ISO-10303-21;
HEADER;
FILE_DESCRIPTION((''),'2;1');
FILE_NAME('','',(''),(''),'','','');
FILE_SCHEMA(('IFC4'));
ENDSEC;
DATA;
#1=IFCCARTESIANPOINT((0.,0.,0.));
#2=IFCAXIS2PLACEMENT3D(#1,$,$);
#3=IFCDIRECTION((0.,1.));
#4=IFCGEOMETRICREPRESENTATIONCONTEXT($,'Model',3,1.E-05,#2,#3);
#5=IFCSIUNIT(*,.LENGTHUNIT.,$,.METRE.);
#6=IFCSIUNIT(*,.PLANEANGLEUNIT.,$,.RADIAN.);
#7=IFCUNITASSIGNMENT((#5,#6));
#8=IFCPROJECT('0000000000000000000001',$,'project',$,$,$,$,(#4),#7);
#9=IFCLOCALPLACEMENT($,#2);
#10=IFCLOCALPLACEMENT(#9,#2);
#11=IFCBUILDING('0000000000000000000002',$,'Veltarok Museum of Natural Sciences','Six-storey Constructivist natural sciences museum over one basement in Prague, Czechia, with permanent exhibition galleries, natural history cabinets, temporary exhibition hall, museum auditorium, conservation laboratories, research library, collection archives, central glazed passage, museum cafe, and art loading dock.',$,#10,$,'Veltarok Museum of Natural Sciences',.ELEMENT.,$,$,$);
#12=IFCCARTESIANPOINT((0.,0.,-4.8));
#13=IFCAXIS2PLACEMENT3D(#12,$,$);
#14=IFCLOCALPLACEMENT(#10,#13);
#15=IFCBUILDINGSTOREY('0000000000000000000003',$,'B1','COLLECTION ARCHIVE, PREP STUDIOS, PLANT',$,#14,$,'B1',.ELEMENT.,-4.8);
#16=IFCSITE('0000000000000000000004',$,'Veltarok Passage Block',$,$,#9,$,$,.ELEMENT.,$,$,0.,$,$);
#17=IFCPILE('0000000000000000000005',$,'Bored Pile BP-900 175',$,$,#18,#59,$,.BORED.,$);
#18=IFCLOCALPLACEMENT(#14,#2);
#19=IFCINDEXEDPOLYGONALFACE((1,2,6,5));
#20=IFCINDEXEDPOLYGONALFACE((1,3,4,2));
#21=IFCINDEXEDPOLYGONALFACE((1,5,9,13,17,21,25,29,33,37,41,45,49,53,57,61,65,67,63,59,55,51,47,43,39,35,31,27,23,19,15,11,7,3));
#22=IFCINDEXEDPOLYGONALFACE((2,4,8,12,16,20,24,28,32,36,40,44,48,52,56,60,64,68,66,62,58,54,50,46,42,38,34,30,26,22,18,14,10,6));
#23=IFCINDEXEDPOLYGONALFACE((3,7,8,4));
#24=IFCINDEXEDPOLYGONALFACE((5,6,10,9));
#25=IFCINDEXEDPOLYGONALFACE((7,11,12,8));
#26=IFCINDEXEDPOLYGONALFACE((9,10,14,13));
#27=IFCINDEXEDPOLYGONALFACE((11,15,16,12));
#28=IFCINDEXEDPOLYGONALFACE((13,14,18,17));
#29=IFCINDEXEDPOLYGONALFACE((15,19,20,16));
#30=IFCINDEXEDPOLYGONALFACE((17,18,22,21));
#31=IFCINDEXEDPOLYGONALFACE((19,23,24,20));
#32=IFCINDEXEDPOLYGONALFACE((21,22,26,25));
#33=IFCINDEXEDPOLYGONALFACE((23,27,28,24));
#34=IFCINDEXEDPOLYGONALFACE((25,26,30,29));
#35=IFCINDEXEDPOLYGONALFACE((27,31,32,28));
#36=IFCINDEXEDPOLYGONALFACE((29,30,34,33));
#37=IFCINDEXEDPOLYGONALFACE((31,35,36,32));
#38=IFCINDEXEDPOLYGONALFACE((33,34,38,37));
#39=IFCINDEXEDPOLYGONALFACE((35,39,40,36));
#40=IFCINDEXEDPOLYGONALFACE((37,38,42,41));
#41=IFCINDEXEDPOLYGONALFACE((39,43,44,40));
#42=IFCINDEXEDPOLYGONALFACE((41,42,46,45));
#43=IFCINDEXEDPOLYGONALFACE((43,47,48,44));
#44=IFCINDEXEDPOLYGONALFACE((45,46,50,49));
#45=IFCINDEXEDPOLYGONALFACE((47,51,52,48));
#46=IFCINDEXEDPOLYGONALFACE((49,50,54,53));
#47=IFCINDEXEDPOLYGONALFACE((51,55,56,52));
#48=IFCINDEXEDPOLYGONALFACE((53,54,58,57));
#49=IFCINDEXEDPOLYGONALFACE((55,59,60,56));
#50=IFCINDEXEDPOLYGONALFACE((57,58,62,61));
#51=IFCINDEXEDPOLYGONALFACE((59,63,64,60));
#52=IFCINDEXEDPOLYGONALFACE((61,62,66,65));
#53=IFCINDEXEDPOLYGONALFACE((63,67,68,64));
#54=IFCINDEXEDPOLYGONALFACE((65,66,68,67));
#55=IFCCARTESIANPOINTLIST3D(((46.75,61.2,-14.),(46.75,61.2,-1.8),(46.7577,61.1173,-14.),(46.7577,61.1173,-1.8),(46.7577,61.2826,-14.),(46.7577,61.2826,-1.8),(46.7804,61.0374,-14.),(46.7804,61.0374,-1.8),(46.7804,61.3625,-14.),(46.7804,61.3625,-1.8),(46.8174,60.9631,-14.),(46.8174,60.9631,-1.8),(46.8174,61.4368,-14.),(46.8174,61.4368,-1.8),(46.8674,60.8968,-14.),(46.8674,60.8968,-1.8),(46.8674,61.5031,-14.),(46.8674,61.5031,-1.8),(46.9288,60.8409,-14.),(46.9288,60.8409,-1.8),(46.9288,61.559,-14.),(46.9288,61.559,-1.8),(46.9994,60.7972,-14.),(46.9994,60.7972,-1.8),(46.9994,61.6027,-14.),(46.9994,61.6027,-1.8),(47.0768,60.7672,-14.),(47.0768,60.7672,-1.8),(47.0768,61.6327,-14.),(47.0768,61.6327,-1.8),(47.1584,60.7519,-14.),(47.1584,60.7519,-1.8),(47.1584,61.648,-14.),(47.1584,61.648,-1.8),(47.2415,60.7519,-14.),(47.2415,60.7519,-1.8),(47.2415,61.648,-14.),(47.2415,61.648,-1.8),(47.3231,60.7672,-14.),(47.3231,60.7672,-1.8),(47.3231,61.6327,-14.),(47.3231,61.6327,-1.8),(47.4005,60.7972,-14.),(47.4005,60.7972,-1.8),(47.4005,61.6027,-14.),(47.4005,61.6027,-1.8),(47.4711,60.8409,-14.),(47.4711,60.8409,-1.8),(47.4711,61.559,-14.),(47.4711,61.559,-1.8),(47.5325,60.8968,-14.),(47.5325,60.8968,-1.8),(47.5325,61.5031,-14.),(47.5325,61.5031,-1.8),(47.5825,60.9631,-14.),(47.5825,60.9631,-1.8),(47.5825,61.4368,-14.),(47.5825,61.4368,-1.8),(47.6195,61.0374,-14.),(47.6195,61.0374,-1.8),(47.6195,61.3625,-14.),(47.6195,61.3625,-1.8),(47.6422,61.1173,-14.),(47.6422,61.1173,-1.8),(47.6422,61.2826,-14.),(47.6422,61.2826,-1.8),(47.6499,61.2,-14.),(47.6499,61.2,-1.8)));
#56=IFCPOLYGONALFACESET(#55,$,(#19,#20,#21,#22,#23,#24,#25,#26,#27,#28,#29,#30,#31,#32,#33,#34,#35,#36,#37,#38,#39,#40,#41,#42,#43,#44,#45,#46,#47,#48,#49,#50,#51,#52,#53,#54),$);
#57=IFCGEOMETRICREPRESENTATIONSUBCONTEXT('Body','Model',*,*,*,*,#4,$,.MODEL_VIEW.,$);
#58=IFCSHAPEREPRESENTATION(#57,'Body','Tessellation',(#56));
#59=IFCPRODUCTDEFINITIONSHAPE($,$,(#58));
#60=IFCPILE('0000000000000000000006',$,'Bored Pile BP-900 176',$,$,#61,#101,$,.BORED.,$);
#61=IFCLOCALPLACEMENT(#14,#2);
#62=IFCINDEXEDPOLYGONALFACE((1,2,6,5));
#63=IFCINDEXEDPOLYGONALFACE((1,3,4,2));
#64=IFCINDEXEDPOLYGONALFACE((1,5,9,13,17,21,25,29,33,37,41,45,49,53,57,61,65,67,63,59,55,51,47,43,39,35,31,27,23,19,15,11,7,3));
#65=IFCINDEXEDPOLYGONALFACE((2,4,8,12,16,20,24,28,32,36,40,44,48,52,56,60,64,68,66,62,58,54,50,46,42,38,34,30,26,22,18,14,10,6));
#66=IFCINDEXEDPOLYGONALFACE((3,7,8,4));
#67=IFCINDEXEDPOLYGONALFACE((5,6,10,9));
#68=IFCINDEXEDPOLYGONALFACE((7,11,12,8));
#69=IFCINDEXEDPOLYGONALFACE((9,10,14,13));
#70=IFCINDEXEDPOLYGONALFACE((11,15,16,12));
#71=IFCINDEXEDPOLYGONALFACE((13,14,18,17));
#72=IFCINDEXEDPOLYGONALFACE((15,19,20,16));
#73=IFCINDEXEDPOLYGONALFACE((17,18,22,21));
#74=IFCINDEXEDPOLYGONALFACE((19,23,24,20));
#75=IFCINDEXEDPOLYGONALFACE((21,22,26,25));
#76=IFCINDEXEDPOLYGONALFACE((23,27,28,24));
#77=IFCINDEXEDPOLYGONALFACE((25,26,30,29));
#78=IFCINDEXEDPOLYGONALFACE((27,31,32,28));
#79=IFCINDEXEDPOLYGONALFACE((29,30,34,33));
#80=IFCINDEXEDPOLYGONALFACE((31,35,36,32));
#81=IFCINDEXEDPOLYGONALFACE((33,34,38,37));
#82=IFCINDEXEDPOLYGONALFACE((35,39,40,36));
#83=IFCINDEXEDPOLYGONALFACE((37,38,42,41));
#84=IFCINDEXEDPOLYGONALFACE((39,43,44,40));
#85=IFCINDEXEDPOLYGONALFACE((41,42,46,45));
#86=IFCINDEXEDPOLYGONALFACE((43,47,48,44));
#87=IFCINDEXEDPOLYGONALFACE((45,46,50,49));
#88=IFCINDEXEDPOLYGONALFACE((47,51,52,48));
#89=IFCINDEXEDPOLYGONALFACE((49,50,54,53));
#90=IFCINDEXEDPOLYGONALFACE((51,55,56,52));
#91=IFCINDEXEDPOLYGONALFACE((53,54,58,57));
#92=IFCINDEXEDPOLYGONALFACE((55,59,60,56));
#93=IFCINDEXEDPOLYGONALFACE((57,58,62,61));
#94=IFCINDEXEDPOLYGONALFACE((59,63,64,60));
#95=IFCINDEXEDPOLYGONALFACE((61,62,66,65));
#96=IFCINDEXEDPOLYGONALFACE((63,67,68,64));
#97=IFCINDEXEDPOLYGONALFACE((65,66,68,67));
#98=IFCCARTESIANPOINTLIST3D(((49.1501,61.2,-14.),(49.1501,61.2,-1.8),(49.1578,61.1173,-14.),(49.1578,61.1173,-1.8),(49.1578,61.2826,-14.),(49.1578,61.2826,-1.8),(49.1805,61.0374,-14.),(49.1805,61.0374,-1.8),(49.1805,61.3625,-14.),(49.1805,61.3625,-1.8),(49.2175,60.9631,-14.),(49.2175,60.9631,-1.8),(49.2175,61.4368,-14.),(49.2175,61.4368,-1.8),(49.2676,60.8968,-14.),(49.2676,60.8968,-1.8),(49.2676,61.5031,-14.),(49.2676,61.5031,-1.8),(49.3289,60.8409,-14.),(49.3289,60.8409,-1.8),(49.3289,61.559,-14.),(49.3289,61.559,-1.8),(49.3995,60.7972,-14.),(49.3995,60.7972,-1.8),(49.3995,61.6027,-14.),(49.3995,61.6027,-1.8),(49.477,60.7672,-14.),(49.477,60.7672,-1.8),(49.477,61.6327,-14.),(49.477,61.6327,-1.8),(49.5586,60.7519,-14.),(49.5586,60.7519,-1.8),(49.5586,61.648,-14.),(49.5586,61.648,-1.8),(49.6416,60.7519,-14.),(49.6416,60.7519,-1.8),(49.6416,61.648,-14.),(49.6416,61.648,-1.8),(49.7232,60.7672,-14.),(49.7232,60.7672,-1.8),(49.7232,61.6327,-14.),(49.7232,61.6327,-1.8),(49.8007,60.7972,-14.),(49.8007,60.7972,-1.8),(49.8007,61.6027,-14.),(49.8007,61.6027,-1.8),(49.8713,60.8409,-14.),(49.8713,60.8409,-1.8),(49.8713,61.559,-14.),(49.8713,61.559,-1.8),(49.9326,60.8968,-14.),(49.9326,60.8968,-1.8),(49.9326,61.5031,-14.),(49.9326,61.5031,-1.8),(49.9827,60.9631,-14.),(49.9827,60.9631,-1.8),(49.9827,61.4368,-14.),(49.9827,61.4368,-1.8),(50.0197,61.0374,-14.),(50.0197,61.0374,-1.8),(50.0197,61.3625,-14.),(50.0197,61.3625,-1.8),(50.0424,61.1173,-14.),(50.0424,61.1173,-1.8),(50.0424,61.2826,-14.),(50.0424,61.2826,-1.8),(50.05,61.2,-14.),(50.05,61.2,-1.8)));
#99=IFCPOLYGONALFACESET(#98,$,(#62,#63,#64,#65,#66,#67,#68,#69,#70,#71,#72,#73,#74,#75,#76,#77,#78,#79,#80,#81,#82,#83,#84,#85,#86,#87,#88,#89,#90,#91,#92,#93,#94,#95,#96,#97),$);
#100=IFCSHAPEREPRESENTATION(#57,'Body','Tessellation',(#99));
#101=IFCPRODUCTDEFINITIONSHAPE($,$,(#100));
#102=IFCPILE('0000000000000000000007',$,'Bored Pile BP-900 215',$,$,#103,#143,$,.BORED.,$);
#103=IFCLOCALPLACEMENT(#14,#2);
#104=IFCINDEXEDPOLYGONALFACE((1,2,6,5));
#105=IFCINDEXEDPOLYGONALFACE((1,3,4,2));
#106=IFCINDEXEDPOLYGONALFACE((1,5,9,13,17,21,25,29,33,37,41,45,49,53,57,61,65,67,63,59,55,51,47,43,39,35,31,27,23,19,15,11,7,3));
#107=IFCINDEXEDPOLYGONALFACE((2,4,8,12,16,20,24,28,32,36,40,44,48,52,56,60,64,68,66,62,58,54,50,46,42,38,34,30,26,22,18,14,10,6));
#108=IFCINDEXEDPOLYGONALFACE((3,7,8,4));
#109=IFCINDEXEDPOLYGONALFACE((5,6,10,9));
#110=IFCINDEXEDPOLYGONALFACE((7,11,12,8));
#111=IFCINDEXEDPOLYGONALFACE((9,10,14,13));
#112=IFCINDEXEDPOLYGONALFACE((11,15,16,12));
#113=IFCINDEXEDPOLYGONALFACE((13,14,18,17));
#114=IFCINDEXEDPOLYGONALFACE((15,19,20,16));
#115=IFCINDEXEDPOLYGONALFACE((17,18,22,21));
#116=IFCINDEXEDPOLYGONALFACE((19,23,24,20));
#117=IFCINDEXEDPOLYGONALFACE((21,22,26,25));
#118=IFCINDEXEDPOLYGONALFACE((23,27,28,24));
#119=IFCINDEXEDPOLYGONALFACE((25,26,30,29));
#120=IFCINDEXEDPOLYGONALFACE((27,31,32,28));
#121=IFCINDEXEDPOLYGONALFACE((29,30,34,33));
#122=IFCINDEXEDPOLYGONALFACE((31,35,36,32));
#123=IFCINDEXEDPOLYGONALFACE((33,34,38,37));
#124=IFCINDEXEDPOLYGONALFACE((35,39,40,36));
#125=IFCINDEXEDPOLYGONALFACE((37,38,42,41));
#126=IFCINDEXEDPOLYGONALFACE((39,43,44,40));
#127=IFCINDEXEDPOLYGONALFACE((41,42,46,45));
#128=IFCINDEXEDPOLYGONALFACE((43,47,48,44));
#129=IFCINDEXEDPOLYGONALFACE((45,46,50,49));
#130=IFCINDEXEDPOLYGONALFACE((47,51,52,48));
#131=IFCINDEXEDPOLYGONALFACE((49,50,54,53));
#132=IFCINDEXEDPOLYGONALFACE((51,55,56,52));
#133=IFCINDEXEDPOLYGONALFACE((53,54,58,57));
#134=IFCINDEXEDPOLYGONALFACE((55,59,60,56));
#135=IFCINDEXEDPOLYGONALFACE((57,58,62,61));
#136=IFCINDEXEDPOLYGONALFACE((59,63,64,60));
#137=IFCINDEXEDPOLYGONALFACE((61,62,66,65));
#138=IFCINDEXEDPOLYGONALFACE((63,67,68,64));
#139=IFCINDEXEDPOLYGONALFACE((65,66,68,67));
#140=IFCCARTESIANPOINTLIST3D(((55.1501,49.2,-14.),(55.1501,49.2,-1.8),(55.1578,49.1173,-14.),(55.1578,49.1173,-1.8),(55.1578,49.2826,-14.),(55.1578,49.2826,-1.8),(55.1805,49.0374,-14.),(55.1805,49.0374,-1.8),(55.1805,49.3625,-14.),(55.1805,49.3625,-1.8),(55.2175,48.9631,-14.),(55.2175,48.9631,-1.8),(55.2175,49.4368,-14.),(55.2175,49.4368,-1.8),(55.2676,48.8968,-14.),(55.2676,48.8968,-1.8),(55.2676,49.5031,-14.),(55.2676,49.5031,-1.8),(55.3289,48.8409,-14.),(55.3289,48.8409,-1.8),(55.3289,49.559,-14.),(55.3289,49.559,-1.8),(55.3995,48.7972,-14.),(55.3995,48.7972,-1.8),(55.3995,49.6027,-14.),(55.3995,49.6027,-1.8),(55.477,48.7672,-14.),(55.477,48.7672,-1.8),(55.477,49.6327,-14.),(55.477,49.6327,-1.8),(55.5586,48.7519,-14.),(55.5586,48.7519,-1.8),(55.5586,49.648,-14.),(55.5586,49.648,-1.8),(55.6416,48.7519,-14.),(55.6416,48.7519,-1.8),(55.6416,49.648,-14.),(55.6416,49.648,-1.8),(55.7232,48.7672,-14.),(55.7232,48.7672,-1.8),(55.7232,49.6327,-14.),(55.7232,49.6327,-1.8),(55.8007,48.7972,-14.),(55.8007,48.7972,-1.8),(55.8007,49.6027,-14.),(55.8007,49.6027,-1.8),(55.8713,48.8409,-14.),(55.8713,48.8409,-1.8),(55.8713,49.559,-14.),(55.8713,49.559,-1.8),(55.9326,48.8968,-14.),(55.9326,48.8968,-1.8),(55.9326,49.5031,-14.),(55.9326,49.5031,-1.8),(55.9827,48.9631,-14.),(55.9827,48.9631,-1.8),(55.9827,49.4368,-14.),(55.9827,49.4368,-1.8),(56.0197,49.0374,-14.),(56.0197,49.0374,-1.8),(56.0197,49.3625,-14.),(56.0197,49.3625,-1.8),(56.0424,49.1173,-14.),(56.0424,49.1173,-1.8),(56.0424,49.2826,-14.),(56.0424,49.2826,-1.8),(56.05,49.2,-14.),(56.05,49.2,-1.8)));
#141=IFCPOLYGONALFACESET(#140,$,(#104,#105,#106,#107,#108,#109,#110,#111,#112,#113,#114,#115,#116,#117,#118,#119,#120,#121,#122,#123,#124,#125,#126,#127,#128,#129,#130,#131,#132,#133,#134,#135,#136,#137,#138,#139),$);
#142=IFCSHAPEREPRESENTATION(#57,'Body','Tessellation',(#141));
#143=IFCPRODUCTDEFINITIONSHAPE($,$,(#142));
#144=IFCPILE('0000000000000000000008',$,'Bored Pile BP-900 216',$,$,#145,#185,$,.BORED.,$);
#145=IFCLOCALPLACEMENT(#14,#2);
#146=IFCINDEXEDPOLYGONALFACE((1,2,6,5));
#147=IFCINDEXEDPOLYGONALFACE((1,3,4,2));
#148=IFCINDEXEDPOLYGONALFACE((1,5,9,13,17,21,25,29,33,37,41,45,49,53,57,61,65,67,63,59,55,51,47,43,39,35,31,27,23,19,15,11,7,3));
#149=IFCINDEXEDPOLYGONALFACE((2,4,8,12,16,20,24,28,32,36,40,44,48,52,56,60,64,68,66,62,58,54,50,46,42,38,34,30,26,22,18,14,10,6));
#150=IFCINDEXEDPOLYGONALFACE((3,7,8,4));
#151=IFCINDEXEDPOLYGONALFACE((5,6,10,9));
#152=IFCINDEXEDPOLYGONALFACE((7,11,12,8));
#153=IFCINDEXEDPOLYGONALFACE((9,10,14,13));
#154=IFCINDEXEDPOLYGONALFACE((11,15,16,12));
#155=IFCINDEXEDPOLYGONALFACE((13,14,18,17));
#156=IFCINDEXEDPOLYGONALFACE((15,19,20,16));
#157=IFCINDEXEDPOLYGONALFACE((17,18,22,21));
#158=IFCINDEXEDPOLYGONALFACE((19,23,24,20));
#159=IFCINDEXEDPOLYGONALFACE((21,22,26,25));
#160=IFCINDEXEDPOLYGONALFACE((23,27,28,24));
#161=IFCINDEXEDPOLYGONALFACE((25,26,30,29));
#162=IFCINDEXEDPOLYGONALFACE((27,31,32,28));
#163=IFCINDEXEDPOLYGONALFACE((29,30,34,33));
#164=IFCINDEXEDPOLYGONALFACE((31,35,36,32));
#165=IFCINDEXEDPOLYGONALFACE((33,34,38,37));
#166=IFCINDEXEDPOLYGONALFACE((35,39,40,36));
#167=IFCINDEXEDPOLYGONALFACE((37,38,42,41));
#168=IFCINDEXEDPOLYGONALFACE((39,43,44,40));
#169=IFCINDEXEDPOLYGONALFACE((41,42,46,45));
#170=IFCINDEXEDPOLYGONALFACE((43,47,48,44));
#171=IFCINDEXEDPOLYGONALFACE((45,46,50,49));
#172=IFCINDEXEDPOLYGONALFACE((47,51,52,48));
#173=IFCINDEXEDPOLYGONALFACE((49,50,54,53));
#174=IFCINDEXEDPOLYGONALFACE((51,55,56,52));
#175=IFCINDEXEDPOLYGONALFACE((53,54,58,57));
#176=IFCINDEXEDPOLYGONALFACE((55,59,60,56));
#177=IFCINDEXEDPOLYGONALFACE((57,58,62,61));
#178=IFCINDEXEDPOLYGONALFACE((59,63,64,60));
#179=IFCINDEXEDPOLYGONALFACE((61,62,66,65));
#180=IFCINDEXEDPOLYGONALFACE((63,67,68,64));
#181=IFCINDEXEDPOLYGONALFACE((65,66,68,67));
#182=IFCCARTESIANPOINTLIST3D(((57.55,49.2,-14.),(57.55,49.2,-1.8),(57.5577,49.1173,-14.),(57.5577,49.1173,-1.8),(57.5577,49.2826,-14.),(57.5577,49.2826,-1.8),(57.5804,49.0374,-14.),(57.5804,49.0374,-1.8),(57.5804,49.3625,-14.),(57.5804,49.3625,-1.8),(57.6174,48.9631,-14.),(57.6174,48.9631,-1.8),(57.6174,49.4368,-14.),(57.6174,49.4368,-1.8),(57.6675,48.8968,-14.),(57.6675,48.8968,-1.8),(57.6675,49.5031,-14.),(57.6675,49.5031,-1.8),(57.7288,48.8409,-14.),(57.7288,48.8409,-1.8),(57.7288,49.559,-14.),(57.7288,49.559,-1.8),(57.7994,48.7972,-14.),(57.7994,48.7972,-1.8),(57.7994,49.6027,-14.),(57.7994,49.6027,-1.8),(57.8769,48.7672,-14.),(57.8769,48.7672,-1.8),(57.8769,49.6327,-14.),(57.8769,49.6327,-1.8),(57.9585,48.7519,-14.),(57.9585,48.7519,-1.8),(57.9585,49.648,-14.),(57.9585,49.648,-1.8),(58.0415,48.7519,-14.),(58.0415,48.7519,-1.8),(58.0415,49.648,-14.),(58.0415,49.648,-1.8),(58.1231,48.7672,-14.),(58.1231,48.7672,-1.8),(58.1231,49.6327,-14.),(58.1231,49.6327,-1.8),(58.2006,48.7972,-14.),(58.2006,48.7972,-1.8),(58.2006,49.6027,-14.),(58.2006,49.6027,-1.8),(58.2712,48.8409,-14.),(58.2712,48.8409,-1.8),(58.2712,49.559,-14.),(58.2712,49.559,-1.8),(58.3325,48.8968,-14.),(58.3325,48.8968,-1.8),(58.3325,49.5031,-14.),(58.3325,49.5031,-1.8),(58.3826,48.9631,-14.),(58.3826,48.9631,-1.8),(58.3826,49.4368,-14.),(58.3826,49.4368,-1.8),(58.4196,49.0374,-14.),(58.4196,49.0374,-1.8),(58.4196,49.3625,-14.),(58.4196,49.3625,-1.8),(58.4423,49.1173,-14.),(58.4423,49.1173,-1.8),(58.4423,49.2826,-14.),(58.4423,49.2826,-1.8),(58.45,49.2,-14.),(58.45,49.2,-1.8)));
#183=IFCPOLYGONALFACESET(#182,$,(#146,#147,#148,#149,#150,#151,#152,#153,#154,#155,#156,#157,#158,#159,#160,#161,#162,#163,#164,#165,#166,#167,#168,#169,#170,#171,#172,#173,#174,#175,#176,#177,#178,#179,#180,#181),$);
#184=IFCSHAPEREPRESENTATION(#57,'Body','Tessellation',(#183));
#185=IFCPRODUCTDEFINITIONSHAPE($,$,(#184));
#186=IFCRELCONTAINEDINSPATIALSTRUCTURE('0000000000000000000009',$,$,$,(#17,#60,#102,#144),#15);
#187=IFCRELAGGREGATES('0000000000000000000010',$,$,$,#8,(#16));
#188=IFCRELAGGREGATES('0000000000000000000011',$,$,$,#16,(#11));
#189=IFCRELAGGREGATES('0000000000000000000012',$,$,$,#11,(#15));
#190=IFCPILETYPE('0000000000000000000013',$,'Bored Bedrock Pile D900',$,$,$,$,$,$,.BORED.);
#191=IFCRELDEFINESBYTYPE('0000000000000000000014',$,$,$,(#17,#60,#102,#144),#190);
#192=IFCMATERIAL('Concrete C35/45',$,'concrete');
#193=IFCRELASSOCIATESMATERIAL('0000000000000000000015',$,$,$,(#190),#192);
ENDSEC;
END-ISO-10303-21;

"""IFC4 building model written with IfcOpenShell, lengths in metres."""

from ifc_helpers import new_model, si_unit, direction, frame, origin, origin_2d, place, context, subcontext, project, spatial, circle, extrude, material, material_profile, profile_set, type_object, element, save


model = new_model("IFC4")

# Units and contexts
model_context = context("Model", 3, precision=1e-05, world=origin(), true_north=direction((0.0, 1.0)))
body_context = subcontext(model_context, "Body", "Model", "MODEL_VIEW")
ifc_project = project(units=[si_unit("LENGTHUNIT", "METRE"), si_unit("PLANEANGLEUNIT", "RADIAN")], contexts=[model_context])

# Site, building, storey
site_placement = place(None, origin())
site = spatial("IfcSite", under=ifc_project, at=site_placement, Name="Veltarok Passage Block", CompositionType="ELEMENT", RefElevation=0.0)
building_placement = place(site_placement, origin())
building = spatial("IfcBuilding", under=site, at=building_placement, Name="Veltarok Museum of Natural Sciences", Description="Six-storey Constructivist natural sciences museum over one basement in Prague, Czechia, with permanent exhibition galleries, natural history cabinets, temporary exhibition hall, museum auditorium, conservation laboratories, research library, collection archives, central glazed passage, museum cafe, and art loading dock.", LongName="Veltarok Museum of Natural Sciences", CompositionType="ELEMENT")
storey_placement = place(building_placement, frame((0.0, 0.0, -4.8)))
storey = spatial("IfcBuildingStorey", under=building, at=storey_placement, Name="B1", Description="COLLECTION ARCHIVE, PREP STUDIOS, PLANT", LongName="B1", CompositionType="ELEMENT", Elevation=-4.8)

# Piles
ifc_material_1 = material(Name="Concrete C35/45", Category="concrete")
ifc_material_profile_1 = material_profile(ifc_material_1, circle(Radius=0.45, at=origin_2d()), Name="BP D900")
ifc_profile_set_1 = profile_set([ifc_material_profile_1], Name="Concrete C35/45")
pile_type = type_object("IfcPileType", Name="Bored Bedrock Pile D900", PredefinedType="BORED", material=ifc_profile_set_1)
for number, where, z_axis, x_axis, name in (
    (1, (47.2, 61.2, -1.8), (0.0, 0.0, -1.0), (1.0, 0.0, 0.0), "Bored Pile BP-900 175"),
    (2, (49.6001, 61.2, -1.8), (0.0, 0.0, -1.0), (1.0, 0.0, 0.0), "Bored Pile BP-900 176"),
    (3, (55.6001, 49.2, -1.8), (0.0, 0.0, -1.0), (1.0, 0.0, 0.0), "Bored Pile BP-900 215"),
    (4, (58.0, 49.2, -1.8), (0.0, 0.0, -1.0), (1.0, 0.0, 0.0), "Bored Pile BP-900 216"),
):
    element("IfcPile", number, at=place(storey_placement, frame(where, z_axis=z_axis, x_axis=x_axis)), inside=storey, type_object=pile_type, Name=name, PredefinedType="BORED", context=body_context, shape_type="SweptSolid", body=[
        extrude(circle(Radius=0.45, at=origin_2d()), origin(), (0.0, 0.0, 1.0), 12.2),
    ])

save(model, "model.ifc")
